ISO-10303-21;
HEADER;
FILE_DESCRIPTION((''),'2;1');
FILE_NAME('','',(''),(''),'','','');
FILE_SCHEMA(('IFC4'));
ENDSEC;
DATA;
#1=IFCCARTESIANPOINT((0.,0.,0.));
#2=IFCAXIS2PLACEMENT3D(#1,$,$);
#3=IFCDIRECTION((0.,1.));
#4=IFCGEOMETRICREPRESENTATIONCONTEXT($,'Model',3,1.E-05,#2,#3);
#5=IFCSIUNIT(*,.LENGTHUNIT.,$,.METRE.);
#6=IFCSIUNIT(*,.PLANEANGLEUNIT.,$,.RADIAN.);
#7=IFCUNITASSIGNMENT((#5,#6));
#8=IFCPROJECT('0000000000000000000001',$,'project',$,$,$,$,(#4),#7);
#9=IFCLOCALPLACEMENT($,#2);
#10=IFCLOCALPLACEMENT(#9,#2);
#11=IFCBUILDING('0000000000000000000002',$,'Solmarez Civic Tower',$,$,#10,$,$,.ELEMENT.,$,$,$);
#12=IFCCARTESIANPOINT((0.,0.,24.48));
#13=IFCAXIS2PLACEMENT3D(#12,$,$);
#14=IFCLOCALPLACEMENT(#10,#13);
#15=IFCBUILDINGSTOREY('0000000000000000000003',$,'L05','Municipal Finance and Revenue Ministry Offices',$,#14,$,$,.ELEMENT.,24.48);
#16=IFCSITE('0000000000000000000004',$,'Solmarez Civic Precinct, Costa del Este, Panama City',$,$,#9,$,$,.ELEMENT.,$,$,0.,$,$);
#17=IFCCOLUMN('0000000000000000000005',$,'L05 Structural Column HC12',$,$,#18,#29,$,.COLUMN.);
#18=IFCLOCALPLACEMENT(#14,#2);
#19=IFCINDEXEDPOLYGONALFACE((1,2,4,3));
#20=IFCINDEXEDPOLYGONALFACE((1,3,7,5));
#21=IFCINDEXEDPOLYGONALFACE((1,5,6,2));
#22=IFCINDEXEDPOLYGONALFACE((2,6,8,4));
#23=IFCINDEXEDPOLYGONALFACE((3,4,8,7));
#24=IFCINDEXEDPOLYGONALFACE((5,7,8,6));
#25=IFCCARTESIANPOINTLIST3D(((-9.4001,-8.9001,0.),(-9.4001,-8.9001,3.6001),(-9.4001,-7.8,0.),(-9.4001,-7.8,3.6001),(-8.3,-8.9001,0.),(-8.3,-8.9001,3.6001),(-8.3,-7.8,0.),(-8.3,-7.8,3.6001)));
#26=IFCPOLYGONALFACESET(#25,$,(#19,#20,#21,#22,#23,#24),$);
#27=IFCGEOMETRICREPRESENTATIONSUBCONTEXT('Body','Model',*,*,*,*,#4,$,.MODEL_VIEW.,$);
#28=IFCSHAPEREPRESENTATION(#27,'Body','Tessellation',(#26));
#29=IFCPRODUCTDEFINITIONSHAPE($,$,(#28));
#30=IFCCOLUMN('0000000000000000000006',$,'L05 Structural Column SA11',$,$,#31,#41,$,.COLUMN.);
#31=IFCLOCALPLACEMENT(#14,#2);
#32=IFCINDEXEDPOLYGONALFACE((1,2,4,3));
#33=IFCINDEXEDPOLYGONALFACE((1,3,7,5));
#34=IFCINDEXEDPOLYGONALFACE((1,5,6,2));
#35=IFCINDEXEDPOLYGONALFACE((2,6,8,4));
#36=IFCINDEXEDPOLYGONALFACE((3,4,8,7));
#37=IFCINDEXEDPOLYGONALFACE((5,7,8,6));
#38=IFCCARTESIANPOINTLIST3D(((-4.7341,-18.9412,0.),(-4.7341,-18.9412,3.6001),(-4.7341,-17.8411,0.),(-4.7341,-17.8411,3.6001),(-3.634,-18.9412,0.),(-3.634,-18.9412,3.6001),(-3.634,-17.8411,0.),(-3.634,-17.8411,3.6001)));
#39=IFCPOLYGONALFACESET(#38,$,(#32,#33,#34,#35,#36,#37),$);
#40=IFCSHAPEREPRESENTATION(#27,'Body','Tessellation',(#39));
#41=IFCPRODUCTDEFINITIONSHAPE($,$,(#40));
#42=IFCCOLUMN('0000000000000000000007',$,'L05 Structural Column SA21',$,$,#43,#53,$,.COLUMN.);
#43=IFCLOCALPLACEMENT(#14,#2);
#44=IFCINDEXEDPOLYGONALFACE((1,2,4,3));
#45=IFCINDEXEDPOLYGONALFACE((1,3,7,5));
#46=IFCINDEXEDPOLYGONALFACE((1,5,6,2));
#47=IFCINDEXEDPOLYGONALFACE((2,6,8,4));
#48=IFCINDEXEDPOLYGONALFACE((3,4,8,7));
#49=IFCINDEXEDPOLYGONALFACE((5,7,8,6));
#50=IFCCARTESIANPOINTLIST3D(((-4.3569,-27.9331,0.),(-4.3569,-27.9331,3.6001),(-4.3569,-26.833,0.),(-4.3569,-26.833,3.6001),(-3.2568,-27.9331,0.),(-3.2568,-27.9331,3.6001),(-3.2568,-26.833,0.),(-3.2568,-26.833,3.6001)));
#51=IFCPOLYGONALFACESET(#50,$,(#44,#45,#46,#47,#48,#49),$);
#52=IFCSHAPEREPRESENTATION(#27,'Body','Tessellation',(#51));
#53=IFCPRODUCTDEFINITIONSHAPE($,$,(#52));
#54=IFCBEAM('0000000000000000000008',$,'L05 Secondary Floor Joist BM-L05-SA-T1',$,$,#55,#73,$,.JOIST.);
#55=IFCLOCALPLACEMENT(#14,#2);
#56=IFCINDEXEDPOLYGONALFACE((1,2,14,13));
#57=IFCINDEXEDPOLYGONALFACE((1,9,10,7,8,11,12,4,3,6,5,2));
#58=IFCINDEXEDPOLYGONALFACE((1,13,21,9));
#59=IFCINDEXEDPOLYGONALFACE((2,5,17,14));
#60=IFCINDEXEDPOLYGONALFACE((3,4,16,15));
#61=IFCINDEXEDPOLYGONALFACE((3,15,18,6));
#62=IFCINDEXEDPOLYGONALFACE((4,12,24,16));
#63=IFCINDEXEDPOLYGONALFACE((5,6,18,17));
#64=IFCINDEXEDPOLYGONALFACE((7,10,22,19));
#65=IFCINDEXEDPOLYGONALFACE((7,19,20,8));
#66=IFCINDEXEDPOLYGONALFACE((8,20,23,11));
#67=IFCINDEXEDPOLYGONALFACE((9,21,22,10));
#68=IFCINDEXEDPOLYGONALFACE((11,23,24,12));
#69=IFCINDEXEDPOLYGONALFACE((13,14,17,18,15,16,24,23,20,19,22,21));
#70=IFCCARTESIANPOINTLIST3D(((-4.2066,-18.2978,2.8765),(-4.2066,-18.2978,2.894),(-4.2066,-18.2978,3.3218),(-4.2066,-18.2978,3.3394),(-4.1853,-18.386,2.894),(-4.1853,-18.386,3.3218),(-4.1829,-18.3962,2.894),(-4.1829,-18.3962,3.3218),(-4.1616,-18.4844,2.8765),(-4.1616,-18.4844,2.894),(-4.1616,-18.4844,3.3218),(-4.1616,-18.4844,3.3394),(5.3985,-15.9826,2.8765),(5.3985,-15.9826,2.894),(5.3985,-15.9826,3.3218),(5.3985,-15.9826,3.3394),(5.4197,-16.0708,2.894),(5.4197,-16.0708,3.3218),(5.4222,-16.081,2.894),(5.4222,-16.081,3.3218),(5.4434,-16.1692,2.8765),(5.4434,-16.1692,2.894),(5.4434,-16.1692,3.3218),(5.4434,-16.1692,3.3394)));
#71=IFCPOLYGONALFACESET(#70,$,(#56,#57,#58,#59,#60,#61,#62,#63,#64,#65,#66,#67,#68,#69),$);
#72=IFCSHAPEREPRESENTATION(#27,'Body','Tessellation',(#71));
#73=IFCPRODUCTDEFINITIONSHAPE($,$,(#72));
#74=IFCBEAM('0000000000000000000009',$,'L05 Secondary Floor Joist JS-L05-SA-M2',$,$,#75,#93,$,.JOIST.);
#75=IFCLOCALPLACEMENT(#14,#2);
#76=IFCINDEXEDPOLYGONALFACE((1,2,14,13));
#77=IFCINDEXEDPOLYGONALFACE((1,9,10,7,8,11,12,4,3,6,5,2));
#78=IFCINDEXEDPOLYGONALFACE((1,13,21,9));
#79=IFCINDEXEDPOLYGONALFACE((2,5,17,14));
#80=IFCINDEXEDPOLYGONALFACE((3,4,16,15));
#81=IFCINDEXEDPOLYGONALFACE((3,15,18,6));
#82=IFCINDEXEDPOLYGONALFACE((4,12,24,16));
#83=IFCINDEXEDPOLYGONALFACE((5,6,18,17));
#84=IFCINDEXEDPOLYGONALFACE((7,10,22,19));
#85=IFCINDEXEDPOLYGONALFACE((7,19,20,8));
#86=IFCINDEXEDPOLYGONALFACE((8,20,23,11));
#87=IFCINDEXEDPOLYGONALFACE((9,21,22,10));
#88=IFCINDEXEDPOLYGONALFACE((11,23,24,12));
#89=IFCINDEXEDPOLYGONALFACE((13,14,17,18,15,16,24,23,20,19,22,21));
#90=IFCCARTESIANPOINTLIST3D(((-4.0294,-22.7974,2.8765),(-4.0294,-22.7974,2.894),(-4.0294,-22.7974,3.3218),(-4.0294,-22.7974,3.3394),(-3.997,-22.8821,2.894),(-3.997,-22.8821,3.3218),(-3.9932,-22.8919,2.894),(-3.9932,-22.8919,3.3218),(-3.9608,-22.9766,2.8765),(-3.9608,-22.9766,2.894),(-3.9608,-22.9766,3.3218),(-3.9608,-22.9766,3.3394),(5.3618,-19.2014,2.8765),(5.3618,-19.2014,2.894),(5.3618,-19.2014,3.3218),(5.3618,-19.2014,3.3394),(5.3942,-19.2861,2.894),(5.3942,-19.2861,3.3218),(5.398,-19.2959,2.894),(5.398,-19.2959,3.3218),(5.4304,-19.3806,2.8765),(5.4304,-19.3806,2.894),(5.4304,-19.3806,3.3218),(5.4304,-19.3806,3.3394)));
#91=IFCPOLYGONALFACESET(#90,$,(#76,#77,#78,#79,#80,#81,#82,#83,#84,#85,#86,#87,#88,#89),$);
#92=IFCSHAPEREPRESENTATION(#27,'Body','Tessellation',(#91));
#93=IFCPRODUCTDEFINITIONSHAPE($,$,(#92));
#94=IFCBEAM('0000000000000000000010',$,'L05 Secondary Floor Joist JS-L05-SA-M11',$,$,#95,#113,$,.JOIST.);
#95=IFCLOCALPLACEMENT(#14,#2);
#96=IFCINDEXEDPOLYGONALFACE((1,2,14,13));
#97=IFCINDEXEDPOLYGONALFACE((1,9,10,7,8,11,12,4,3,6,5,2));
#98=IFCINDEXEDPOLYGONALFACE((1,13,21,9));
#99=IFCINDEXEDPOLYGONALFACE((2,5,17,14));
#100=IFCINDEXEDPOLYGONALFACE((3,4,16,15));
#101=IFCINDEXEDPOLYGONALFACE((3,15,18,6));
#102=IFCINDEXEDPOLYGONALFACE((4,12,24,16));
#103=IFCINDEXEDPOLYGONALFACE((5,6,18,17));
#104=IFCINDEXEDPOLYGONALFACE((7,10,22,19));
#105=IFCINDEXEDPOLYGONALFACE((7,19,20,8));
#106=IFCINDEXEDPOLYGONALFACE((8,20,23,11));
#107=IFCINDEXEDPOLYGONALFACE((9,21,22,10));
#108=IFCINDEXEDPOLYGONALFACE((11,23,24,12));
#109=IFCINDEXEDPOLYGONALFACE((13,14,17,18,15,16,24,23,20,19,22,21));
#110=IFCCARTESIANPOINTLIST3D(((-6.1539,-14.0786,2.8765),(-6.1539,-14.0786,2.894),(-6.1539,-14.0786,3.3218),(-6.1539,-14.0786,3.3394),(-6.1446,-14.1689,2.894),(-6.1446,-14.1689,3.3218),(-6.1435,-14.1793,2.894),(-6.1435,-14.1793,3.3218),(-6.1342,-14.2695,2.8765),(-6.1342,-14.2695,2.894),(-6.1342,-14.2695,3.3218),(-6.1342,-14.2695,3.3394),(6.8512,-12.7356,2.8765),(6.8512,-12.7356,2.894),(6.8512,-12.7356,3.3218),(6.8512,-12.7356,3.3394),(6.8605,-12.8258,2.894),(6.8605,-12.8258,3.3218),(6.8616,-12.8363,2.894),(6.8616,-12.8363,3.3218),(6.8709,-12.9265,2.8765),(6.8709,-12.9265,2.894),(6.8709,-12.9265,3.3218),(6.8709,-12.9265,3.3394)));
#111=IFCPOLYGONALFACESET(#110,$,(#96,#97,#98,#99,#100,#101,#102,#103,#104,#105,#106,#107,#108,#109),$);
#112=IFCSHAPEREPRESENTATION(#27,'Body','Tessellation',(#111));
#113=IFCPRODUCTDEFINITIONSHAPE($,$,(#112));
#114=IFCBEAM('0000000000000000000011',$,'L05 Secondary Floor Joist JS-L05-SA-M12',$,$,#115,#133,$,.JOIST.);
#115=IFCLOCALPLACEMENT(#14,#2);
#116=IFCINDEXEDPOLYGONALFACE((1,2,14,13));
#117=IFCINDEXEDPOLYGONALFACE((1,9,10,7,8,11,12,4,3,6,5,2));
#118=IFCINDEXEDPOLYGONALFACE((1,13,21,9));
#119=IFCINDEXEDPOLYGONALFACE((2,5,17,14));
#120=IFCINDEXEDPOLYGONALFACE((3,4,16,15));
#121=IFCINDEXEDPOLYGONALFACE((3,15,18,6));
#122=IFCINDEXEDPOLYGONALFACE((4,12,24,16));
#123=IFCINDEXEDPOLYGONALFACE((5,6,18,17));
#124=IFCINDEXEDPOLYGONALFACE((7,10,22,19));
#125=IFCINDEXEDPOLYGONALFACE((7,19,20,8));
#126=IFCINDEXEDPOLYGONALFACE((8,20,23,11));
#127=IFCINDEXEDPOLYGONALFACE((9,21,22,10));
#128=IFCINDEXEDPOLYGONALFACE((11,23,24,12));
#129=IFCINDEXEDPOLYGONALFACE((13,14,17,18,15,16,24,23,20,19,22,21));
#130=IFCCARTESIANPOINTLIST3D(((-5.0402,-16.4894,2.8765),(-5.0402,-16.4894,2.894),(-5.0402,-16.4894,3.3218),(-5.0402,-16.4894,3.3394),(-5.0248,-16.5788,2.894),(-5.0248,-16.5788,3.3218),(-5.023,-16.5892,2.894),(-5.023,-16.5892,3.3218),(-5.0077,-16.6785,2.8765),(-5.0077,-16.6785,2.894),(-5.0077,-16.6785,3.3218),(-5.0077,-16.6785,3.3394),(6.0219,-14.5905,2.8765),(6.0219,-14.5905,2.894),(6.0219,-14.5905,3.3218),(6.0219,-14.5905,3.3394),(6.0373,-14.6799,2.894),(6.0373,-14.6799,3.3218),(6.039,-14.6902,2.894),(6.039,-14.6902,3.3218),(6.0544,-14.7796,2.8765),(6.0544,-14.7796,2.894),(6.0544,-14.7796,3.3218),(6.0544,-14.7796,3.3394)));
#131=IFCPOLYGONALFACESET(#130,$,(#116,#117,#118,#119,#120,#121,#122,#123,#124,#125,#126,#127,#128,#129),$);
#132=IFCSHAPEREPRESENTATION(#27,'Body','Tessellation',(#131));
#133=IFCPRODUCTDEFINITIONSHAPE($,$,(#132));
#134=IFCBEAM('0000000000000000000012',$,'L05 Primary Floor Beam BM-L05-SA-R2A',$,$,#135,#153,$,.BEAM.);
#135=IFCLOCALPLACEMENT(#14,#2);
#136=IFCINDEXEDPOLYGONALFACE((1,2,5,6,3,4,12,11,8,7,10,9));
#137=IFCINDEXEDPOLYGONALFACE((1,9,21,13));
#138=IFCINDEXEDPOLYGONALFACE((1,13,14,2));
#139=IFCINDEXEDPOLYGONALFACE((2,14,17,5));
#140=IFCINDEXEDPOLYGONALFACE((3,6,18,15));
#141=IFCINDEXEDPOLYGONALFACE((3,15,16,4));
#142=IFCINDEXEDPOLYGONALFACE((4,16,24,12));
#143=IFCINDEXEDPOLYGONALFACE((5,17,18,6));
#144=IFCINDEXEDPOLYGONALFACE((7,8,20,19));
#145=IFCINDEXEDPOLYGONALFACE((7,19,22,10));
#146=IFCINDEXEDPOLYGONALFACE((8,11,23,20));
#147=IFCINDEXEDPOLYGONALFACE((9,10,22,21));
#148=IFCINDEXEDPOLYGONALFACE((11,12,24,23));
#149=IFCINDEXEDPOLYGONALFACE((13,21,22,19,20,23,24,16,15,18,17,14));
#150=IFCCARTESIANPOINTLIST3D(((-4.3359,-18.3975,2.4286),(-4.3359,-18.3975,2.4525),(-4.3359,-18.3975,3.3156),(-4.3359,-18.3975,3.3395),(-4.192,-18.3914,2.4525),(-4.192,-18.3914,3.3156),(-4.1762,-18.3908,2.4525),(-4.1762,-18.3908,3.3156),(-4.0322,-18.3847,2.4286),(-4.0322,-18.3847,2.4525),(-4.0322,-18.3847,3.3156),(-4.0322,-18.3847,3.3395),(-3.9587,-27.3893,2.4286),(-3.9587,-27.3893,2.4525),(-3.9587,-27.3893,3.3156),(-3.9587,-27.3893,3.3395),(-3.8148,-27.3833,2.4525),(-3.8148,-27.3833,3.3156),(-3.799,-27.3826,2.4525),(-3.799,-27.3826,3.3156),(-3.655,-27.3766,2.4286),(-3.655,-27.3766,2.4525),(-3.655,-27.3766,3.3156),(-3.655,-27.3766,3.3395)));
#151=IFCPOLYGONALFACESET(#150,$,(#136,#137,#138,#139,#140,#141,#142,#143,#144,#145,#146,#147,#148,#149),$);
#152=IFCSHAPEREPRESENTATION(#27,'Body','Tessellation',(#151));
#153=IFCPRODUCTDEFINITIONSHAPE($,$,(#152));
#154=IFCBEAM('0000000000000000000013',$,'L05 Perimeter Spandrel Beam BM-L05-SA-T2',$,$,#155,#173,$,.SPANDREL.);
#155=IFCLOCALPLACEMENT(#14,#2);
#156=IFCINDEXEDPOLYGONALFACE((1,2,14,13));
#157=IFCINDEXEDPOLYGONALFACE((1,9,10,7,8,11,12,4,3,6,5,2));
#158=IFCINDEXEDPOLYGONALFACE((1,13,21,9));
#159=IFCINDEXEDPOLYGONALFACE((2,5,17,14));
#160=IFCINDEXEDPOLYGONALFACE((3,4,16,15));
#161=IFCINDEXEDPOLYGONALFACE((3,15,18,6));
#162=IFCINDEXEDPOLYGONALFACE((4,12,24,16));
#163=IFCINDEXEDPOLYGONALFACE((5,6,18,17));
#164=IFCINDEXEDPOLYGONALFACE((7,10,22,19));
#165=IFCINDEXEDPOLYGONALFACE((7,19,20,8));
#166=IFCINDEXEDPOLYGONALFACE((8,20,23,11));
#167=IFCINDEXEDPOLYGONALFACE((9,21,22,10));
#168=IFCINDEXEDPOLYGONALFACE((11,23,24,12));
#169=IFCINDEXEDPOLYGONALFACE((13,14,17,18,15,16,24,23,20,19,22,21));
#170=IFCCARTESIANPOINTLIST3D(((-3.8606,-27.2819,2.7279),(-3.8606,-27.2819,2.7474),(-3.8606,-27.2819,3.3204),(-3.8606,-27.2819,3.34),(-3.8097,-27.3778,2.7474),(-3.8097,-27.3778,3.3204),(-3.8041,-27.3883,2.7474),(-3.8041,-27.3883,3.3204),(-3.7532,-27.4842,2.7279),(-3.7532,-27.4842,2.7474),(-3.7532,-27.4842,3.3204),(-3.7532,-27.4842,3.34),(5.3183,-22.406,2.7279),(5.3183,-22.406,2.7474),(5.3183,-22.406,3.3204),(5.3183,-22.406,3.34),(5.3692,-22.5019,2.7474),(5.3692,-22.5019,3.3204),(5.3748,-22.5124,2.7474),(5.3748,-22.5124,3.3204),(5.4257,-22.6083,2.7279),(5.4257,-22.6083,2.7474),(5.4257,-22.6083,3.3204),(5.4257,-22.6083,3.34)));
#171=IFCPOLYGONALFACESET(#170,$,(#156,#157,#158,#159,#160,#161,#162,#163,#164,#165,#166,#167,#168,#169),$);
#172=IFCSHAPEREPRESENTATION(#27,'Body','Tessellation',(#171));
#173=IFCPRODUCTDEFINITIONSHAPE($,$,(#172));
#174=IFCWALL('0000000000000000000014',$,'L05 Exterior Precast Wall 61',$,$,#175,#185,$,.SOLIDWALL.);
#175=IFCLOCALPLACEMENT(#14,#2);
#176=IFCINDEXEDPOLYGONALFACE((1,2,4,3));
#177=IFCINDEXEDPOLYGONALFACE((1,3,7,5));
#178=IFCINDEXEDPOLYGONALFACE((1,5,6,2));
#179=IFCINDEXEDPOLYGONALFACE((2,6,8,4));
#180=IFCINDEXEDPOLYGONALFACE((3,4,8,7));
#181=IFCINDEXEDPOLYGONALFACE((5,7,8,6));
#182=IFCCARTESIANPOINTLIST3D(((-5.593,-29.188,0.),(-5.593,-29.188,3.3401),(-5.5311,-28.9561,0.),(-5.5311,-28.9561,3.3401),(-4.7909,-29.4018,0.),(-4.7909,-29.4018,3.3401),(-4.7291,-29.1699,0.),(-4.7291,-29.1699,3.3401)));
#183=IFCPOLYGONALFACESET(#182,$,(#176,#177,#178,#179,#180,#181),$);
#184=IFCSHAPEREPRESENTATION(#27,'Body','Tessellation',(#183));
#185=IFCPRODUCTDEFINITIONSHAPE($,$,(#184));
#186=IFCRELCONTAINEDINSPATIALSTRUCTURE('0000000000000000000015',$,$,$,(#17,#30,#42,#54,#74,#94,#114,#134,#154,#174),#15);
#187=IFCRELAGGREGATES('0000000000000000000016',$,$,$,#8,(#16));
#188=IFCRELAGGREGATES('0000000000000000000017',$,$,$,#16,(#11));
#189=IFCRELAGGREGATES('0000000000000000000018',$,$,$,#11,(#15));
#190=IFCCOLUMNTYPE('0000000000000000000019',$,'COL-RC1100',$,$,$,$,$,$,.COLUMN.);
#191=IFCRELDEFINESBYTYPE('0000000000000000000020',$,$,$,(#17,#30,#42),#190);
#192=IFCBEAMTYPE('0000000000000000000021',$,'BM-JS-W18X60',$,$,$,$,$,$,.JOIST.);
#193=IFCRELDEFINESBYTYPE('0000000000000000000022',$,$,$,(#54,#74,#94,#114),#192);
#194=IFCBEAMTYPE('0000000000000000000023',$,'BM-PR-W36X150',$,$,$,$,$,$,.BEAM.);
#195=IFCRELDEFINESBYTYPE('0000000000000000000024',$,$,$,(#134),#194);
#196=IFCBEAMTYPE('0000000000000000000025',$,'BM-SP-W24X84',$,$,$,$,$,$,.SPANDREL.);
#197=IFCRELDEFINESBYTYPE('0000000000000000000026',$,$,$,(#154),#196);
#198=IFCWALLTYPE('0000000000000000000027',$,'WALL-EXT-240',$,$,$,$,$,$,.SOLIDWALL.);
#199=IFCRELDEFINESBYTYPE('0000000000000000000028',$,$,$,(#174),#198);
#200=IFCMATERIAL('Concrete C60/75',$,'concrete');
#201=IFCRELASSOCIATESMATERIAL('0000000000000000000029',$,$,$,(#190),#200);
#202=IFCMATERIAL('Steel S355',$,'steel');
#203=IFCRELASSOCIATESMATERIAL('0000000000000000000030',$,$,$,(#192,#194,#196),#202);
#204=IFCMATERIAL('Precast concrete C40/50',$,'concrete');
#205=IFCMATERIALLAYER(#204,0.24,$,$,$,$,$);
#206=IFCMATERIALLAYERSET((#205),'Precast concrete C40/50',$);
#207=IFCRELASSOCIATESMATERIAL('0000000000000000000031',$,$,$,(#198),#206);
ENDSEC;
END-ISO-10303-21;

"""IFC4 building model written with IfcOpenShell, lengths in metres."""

from ifc_helpers import new_model, si_unit, direction, frame, frame_2d, origin, origin_2d, place, context, subcontext, project, spatial, rectangle, i_section, extrude, material, layer, layer_set, material_profile, profile_set, type_object, element, save


model = new_model("IFC4")

# Units and contexts
model_context = context("Model", 3, precision=1e-05, world=origin(), true_north=direction((0.0, 1.0)))
body_context = subcontext(model_context, "Body", "Model", "MODEL_VIEW")
ifc_project = project(units=[si_unit("LENGTHUNIT", "METRE"), si_unit("PLANEANGLEUNIT", "RADIAN")], contexts=[model_context])

# Site, building, storey
site_placement = place(None, origin())
site = spatial("IfcSite", under=ifc_project, at=site_placement, Name="Solmarez Civic Precinct, Costa del Este, Panama City", CompositionType="ELEMENT", RefElevation=0.0)
building_placement = place(site_placement, origin())
building = spatial("IfcBuilding", under=site, at=building_placement, Name="Solmarez Civic Tower", CompositionType="ELEMENT")
storey_placement = place(building_placement, frame((0.0, 0.0, 24.48)))
storey = spatial("IfcBuildingStorey", under=building, at=storey_placement, Name="L05", Description="Municipal Finance and Revenue Ministry Offices", CompositionType="ELEMENT", Elevation=24.48)

# Columns
ifc_material_1 = material(Name="Concrete C60/75", Category="concrete")
ifc_material_profile_1 = material_profile(ifc_material_1, rectangle(XDim=1.1001, YDim=1.1001, at=origin_2d()), Name="RC1100X1100")
ifc_profile_set_1 = profile_set([ifc_material_profile_1], Name="Concrete C60/75")
column_type = type_object("IfcColumnType", Name="COL-RC1100", PredefinedType="COLUMN", material=ifc_profile_set_1)
for number, where, z_axis, x_axis, name in (
    (1, (-8.8501, -8.3501, 0.0), (0.0, 0.0, 1.0), (1.0, 0.0, 0.0), "L05 Structural Column HC12"),
    (2, (-4.1841, -18.3911, 0.0), (0.0, 0.0, 1.0), (1.0, 0.0, 0.0), "L05 Structural Column SA11"),
    (3, (-3.8069, -27.3831, 0.0), (0.0, 0.0, 1.0), (1.0, 0.0, 0.0), "L05 Structural Column SA21"),
):
    element("IfcColumn", number, at=place(storey_placement, frame(where, z_axis=z_axis, x_axis=x_axis)), inside=storey, type_object=column_type, Name=name, PredefinedType="COLUMN", context=body_context, shape_type="SweptSolid", body=[
        extrude(rectangle(XDim=1.1001, YDim=1.1001, at=origin_2d()), origin(), (0.0, 0.0, 1.0), 3.6001),
    ])

# Beams
ifc_material_2 = material(Name="Steel S355", Category="steel")
ifc_material_profile_2 = material_profile(ifc_material_2, i_section(OverallWidth=0.1919, OverallDepth=0.4629, WebThickness=0.0105, FlangeThickness=0.0176, at=origin_2d()), Name="W18X60")
ifc_profile_set_2 = profile_set([ifc_material_profile_2], Name="Steel S355")
beam_type_1 = type_object("IfcBeamType", Name="BM-JS-W18X60", PredefinedType="JOIST", material=ifc_profile_set_2)
beam_1_placement = place(storey_placement, frame((-4.1841, -18.3911, 3.1079), z_axis=(0.972157, 0.234329, 0.0), x_axis=(-0.234329, 0.972157, 0.0)))
element("IfcBeam", 4, at=beam_1_placement, inside=storey, type_object=beam_type_1, Name="L05 Secondary Floor Joist BM-L05-SA-T1", PredefinedType="JOIST", context=body_context, shape_type="SweptSolid", body=[
    extrude(i_section(OverallWidth=0.1919, OverallDepth=0.4629, WebThickness=0.0105, FlangeThickness=0.0176, at=origin_2d()), origin(), (0.0, 0.0, 1.0), 9.8801),
])
beam_2_placement = place(storey_placement, frame((-3.9951, -22.887, 3.1079), z_axis=(0.933878, 0.357591, 0.0), x_axis=(-0.357591, 0.933878, 0.0)))
element("IfcBeam", 5, at=beam_2_placement, inside=storey, type_object=beam_type_1, Name="L05 Secondary Floor Joist JS-L05-SA-M2", PredefinedType="JOIST", context=body_context, shape_type="SweptSolid", body=[
    extrude(i_section(OverallWidth=0.1919, OverallDepth=0.4629, WebThickness=0.0105, FlangeThickness=0.0176, at=origin_2d()), origin(), (0.0, 0.0, 1.0), 10.0562),
])
beam_3_placement = place(storey_placement, frame((-6.144, -14.1741, 3.1079), z_axis=(0.99471, 0.102722, 0.0), x_axis=(-0.102722, 0.99471, 0.0)))
element("IfcBeam", 6, at=beam_3_placement, inside=storey, type_object=beam_type_1, Name="L05 Secondary Floor Joist JS-L05-SA-M11", PredefinedType="JOIST", context=body_context, shape_type="SweptSolid", body=[
    extrude(i_section(OverallWidth=0.1919, OverallDepth=0.4629, WebThickness=0.0105, FlangeThickness=0.0176, at=origin_2d()), origin(), (0.0, 0.0, 1.0), 13.0742),
])
beam_4_placement = place(storey_placement, frame((-5.0239, -16.584, 3.1079), z_axis=(0.985584, 0.169187, 0.0), x_axis=(-0.169187, 0.985584, 0.0)))
element("IfcBeam", 7, at=beam_4_placement, inside=storey, type_object=beam_type_1, Name="L05 Secondary Floor Joist JS-L05-SA-M12", PredefinedType="JOIST", context=body_context, shape_type="SweptSolid", body=[
    extrude(i_section(OverallWidth=0.1919, OverallDepth=0.4629, WebThickness=0.0105, FlangeThickness=0.0176, at=origin_2d()), origin(), (0.0, 0.0, 1.0), 11.2239),
])
ifc_material_profile_3 = material_profile(ifc_material_2, i_section(OverallWidth=0.304, OverallDepth=0.9109, WebThickness=0.0159, FlangeThickness=0.0239, at=origin_2d()), Name="W36X150")
ifc_profile_set_3 = profile_set([ifc_material_profile_3], Name="Steel S355")
beam_type_2 = type_object("IfcBeamType", Name="BM-PR-W36X150", PredefinedType="BEAM", material=ifc_profile_set_3)
beam_5_placement = place(storey_placement, frame((-4.1841, -18.3911, 2.884), z_axis=(0.041911, -0.999121, 0.0), x_axis=(0.999121, 0.041911, 0.0)))
element("IfcBeam", 8, at=beam_5_placement, inside=storey, type_object=beam_type_2, Name="L05 Primary Floor Beam BM-L05-SA-R2A", PredefinedType="BEAM", context=body_context, shape_type="SweptSolid", body=[
    extrude(i_section(OverallWidth=0.304, OverallDepth=0.9109, WebThickness=0.0159, FlangeThickness=0.0239, at=origin_2d()), origin(), (0.0, 0.0, 1.0), 8.9998),
])
ifc_material_profile_4 = material_profile(ifc_material_2, i_section(OverallWidth=0.229, OverallDepth=0.6121, WebThickness=0.012, FlangeThickness=0.0195, at=origin_2d()), Name="W24X84")
ifc_profile_set_4 = profile_set([ifc_material_profile_4], Name="Steel S355")
beam_type_3 = type_object("IfcBeamType", Name="BM-SP-W24X84", PredefinedType="SPANDREL", material=ifc_profile_set_4)
beam_6_placement = place(storey_placement, frame((-3.8069, -27.3831, 3.0339), z_axis=(0.883129, 0.469129, 0.0), x_axis=(-0.469129, 0.883129, 0.0)))
element("IfcBeam", 9, at=beam_6_placement, inside=storey, type_object=beam_type_3, Name="L05 Perimeter Spandrel Beam BM-L05-SA-T2", PredefinedType="SPANDREL", context=body_context, shape_type="SweptSolid", body=[
    extrude(i_section(OverallWidth=0.229, OverallDepth=0.6121, WebThickness=0.012, FlangeThickness=0.0195, at=origin_2d()), origin(), (0.0, 0.0, 1.0), 10.3936),
])

# Wall
ifc_material_3 = material(Name="Precast concrete C40/50", Category="concrete")
ifc_layer_1 = layer(ifc_material_3, 0.24)
ifc_layer_set_1 = layer_set([ifc_layer_1], Name="Precast concrete C40/50")
wall_type_1 = type_object("IfcWallType", Name="WALL-EXT-240", PredefinedType="SOLIDWALL", material=ifc_layer_set_1)
wall_1_placement = place(storey_placement, frame((-4.76, -29.2859, 0.0), z_axis=(0.0, 0.0, 1.0), x_axis=(-0.966235, 0.257663, 0.0)))
element("IfcWall", 10, at=wall_1_placement, inside=storey, type_object=wall_type_1, Name="L05 Exterior Precast Wall 61", PredefinedType="SOLIDWALL", context=body_context, shape_type="SweptSolid", body=[
    extrude(rectangle(XDim=0.8301, YDim=0.24, at=frame_2d((0.415, 0.0))), origin(), (0.0, 0.0, 1.0), 3.3401),
])

save(model, "model.ifc")
